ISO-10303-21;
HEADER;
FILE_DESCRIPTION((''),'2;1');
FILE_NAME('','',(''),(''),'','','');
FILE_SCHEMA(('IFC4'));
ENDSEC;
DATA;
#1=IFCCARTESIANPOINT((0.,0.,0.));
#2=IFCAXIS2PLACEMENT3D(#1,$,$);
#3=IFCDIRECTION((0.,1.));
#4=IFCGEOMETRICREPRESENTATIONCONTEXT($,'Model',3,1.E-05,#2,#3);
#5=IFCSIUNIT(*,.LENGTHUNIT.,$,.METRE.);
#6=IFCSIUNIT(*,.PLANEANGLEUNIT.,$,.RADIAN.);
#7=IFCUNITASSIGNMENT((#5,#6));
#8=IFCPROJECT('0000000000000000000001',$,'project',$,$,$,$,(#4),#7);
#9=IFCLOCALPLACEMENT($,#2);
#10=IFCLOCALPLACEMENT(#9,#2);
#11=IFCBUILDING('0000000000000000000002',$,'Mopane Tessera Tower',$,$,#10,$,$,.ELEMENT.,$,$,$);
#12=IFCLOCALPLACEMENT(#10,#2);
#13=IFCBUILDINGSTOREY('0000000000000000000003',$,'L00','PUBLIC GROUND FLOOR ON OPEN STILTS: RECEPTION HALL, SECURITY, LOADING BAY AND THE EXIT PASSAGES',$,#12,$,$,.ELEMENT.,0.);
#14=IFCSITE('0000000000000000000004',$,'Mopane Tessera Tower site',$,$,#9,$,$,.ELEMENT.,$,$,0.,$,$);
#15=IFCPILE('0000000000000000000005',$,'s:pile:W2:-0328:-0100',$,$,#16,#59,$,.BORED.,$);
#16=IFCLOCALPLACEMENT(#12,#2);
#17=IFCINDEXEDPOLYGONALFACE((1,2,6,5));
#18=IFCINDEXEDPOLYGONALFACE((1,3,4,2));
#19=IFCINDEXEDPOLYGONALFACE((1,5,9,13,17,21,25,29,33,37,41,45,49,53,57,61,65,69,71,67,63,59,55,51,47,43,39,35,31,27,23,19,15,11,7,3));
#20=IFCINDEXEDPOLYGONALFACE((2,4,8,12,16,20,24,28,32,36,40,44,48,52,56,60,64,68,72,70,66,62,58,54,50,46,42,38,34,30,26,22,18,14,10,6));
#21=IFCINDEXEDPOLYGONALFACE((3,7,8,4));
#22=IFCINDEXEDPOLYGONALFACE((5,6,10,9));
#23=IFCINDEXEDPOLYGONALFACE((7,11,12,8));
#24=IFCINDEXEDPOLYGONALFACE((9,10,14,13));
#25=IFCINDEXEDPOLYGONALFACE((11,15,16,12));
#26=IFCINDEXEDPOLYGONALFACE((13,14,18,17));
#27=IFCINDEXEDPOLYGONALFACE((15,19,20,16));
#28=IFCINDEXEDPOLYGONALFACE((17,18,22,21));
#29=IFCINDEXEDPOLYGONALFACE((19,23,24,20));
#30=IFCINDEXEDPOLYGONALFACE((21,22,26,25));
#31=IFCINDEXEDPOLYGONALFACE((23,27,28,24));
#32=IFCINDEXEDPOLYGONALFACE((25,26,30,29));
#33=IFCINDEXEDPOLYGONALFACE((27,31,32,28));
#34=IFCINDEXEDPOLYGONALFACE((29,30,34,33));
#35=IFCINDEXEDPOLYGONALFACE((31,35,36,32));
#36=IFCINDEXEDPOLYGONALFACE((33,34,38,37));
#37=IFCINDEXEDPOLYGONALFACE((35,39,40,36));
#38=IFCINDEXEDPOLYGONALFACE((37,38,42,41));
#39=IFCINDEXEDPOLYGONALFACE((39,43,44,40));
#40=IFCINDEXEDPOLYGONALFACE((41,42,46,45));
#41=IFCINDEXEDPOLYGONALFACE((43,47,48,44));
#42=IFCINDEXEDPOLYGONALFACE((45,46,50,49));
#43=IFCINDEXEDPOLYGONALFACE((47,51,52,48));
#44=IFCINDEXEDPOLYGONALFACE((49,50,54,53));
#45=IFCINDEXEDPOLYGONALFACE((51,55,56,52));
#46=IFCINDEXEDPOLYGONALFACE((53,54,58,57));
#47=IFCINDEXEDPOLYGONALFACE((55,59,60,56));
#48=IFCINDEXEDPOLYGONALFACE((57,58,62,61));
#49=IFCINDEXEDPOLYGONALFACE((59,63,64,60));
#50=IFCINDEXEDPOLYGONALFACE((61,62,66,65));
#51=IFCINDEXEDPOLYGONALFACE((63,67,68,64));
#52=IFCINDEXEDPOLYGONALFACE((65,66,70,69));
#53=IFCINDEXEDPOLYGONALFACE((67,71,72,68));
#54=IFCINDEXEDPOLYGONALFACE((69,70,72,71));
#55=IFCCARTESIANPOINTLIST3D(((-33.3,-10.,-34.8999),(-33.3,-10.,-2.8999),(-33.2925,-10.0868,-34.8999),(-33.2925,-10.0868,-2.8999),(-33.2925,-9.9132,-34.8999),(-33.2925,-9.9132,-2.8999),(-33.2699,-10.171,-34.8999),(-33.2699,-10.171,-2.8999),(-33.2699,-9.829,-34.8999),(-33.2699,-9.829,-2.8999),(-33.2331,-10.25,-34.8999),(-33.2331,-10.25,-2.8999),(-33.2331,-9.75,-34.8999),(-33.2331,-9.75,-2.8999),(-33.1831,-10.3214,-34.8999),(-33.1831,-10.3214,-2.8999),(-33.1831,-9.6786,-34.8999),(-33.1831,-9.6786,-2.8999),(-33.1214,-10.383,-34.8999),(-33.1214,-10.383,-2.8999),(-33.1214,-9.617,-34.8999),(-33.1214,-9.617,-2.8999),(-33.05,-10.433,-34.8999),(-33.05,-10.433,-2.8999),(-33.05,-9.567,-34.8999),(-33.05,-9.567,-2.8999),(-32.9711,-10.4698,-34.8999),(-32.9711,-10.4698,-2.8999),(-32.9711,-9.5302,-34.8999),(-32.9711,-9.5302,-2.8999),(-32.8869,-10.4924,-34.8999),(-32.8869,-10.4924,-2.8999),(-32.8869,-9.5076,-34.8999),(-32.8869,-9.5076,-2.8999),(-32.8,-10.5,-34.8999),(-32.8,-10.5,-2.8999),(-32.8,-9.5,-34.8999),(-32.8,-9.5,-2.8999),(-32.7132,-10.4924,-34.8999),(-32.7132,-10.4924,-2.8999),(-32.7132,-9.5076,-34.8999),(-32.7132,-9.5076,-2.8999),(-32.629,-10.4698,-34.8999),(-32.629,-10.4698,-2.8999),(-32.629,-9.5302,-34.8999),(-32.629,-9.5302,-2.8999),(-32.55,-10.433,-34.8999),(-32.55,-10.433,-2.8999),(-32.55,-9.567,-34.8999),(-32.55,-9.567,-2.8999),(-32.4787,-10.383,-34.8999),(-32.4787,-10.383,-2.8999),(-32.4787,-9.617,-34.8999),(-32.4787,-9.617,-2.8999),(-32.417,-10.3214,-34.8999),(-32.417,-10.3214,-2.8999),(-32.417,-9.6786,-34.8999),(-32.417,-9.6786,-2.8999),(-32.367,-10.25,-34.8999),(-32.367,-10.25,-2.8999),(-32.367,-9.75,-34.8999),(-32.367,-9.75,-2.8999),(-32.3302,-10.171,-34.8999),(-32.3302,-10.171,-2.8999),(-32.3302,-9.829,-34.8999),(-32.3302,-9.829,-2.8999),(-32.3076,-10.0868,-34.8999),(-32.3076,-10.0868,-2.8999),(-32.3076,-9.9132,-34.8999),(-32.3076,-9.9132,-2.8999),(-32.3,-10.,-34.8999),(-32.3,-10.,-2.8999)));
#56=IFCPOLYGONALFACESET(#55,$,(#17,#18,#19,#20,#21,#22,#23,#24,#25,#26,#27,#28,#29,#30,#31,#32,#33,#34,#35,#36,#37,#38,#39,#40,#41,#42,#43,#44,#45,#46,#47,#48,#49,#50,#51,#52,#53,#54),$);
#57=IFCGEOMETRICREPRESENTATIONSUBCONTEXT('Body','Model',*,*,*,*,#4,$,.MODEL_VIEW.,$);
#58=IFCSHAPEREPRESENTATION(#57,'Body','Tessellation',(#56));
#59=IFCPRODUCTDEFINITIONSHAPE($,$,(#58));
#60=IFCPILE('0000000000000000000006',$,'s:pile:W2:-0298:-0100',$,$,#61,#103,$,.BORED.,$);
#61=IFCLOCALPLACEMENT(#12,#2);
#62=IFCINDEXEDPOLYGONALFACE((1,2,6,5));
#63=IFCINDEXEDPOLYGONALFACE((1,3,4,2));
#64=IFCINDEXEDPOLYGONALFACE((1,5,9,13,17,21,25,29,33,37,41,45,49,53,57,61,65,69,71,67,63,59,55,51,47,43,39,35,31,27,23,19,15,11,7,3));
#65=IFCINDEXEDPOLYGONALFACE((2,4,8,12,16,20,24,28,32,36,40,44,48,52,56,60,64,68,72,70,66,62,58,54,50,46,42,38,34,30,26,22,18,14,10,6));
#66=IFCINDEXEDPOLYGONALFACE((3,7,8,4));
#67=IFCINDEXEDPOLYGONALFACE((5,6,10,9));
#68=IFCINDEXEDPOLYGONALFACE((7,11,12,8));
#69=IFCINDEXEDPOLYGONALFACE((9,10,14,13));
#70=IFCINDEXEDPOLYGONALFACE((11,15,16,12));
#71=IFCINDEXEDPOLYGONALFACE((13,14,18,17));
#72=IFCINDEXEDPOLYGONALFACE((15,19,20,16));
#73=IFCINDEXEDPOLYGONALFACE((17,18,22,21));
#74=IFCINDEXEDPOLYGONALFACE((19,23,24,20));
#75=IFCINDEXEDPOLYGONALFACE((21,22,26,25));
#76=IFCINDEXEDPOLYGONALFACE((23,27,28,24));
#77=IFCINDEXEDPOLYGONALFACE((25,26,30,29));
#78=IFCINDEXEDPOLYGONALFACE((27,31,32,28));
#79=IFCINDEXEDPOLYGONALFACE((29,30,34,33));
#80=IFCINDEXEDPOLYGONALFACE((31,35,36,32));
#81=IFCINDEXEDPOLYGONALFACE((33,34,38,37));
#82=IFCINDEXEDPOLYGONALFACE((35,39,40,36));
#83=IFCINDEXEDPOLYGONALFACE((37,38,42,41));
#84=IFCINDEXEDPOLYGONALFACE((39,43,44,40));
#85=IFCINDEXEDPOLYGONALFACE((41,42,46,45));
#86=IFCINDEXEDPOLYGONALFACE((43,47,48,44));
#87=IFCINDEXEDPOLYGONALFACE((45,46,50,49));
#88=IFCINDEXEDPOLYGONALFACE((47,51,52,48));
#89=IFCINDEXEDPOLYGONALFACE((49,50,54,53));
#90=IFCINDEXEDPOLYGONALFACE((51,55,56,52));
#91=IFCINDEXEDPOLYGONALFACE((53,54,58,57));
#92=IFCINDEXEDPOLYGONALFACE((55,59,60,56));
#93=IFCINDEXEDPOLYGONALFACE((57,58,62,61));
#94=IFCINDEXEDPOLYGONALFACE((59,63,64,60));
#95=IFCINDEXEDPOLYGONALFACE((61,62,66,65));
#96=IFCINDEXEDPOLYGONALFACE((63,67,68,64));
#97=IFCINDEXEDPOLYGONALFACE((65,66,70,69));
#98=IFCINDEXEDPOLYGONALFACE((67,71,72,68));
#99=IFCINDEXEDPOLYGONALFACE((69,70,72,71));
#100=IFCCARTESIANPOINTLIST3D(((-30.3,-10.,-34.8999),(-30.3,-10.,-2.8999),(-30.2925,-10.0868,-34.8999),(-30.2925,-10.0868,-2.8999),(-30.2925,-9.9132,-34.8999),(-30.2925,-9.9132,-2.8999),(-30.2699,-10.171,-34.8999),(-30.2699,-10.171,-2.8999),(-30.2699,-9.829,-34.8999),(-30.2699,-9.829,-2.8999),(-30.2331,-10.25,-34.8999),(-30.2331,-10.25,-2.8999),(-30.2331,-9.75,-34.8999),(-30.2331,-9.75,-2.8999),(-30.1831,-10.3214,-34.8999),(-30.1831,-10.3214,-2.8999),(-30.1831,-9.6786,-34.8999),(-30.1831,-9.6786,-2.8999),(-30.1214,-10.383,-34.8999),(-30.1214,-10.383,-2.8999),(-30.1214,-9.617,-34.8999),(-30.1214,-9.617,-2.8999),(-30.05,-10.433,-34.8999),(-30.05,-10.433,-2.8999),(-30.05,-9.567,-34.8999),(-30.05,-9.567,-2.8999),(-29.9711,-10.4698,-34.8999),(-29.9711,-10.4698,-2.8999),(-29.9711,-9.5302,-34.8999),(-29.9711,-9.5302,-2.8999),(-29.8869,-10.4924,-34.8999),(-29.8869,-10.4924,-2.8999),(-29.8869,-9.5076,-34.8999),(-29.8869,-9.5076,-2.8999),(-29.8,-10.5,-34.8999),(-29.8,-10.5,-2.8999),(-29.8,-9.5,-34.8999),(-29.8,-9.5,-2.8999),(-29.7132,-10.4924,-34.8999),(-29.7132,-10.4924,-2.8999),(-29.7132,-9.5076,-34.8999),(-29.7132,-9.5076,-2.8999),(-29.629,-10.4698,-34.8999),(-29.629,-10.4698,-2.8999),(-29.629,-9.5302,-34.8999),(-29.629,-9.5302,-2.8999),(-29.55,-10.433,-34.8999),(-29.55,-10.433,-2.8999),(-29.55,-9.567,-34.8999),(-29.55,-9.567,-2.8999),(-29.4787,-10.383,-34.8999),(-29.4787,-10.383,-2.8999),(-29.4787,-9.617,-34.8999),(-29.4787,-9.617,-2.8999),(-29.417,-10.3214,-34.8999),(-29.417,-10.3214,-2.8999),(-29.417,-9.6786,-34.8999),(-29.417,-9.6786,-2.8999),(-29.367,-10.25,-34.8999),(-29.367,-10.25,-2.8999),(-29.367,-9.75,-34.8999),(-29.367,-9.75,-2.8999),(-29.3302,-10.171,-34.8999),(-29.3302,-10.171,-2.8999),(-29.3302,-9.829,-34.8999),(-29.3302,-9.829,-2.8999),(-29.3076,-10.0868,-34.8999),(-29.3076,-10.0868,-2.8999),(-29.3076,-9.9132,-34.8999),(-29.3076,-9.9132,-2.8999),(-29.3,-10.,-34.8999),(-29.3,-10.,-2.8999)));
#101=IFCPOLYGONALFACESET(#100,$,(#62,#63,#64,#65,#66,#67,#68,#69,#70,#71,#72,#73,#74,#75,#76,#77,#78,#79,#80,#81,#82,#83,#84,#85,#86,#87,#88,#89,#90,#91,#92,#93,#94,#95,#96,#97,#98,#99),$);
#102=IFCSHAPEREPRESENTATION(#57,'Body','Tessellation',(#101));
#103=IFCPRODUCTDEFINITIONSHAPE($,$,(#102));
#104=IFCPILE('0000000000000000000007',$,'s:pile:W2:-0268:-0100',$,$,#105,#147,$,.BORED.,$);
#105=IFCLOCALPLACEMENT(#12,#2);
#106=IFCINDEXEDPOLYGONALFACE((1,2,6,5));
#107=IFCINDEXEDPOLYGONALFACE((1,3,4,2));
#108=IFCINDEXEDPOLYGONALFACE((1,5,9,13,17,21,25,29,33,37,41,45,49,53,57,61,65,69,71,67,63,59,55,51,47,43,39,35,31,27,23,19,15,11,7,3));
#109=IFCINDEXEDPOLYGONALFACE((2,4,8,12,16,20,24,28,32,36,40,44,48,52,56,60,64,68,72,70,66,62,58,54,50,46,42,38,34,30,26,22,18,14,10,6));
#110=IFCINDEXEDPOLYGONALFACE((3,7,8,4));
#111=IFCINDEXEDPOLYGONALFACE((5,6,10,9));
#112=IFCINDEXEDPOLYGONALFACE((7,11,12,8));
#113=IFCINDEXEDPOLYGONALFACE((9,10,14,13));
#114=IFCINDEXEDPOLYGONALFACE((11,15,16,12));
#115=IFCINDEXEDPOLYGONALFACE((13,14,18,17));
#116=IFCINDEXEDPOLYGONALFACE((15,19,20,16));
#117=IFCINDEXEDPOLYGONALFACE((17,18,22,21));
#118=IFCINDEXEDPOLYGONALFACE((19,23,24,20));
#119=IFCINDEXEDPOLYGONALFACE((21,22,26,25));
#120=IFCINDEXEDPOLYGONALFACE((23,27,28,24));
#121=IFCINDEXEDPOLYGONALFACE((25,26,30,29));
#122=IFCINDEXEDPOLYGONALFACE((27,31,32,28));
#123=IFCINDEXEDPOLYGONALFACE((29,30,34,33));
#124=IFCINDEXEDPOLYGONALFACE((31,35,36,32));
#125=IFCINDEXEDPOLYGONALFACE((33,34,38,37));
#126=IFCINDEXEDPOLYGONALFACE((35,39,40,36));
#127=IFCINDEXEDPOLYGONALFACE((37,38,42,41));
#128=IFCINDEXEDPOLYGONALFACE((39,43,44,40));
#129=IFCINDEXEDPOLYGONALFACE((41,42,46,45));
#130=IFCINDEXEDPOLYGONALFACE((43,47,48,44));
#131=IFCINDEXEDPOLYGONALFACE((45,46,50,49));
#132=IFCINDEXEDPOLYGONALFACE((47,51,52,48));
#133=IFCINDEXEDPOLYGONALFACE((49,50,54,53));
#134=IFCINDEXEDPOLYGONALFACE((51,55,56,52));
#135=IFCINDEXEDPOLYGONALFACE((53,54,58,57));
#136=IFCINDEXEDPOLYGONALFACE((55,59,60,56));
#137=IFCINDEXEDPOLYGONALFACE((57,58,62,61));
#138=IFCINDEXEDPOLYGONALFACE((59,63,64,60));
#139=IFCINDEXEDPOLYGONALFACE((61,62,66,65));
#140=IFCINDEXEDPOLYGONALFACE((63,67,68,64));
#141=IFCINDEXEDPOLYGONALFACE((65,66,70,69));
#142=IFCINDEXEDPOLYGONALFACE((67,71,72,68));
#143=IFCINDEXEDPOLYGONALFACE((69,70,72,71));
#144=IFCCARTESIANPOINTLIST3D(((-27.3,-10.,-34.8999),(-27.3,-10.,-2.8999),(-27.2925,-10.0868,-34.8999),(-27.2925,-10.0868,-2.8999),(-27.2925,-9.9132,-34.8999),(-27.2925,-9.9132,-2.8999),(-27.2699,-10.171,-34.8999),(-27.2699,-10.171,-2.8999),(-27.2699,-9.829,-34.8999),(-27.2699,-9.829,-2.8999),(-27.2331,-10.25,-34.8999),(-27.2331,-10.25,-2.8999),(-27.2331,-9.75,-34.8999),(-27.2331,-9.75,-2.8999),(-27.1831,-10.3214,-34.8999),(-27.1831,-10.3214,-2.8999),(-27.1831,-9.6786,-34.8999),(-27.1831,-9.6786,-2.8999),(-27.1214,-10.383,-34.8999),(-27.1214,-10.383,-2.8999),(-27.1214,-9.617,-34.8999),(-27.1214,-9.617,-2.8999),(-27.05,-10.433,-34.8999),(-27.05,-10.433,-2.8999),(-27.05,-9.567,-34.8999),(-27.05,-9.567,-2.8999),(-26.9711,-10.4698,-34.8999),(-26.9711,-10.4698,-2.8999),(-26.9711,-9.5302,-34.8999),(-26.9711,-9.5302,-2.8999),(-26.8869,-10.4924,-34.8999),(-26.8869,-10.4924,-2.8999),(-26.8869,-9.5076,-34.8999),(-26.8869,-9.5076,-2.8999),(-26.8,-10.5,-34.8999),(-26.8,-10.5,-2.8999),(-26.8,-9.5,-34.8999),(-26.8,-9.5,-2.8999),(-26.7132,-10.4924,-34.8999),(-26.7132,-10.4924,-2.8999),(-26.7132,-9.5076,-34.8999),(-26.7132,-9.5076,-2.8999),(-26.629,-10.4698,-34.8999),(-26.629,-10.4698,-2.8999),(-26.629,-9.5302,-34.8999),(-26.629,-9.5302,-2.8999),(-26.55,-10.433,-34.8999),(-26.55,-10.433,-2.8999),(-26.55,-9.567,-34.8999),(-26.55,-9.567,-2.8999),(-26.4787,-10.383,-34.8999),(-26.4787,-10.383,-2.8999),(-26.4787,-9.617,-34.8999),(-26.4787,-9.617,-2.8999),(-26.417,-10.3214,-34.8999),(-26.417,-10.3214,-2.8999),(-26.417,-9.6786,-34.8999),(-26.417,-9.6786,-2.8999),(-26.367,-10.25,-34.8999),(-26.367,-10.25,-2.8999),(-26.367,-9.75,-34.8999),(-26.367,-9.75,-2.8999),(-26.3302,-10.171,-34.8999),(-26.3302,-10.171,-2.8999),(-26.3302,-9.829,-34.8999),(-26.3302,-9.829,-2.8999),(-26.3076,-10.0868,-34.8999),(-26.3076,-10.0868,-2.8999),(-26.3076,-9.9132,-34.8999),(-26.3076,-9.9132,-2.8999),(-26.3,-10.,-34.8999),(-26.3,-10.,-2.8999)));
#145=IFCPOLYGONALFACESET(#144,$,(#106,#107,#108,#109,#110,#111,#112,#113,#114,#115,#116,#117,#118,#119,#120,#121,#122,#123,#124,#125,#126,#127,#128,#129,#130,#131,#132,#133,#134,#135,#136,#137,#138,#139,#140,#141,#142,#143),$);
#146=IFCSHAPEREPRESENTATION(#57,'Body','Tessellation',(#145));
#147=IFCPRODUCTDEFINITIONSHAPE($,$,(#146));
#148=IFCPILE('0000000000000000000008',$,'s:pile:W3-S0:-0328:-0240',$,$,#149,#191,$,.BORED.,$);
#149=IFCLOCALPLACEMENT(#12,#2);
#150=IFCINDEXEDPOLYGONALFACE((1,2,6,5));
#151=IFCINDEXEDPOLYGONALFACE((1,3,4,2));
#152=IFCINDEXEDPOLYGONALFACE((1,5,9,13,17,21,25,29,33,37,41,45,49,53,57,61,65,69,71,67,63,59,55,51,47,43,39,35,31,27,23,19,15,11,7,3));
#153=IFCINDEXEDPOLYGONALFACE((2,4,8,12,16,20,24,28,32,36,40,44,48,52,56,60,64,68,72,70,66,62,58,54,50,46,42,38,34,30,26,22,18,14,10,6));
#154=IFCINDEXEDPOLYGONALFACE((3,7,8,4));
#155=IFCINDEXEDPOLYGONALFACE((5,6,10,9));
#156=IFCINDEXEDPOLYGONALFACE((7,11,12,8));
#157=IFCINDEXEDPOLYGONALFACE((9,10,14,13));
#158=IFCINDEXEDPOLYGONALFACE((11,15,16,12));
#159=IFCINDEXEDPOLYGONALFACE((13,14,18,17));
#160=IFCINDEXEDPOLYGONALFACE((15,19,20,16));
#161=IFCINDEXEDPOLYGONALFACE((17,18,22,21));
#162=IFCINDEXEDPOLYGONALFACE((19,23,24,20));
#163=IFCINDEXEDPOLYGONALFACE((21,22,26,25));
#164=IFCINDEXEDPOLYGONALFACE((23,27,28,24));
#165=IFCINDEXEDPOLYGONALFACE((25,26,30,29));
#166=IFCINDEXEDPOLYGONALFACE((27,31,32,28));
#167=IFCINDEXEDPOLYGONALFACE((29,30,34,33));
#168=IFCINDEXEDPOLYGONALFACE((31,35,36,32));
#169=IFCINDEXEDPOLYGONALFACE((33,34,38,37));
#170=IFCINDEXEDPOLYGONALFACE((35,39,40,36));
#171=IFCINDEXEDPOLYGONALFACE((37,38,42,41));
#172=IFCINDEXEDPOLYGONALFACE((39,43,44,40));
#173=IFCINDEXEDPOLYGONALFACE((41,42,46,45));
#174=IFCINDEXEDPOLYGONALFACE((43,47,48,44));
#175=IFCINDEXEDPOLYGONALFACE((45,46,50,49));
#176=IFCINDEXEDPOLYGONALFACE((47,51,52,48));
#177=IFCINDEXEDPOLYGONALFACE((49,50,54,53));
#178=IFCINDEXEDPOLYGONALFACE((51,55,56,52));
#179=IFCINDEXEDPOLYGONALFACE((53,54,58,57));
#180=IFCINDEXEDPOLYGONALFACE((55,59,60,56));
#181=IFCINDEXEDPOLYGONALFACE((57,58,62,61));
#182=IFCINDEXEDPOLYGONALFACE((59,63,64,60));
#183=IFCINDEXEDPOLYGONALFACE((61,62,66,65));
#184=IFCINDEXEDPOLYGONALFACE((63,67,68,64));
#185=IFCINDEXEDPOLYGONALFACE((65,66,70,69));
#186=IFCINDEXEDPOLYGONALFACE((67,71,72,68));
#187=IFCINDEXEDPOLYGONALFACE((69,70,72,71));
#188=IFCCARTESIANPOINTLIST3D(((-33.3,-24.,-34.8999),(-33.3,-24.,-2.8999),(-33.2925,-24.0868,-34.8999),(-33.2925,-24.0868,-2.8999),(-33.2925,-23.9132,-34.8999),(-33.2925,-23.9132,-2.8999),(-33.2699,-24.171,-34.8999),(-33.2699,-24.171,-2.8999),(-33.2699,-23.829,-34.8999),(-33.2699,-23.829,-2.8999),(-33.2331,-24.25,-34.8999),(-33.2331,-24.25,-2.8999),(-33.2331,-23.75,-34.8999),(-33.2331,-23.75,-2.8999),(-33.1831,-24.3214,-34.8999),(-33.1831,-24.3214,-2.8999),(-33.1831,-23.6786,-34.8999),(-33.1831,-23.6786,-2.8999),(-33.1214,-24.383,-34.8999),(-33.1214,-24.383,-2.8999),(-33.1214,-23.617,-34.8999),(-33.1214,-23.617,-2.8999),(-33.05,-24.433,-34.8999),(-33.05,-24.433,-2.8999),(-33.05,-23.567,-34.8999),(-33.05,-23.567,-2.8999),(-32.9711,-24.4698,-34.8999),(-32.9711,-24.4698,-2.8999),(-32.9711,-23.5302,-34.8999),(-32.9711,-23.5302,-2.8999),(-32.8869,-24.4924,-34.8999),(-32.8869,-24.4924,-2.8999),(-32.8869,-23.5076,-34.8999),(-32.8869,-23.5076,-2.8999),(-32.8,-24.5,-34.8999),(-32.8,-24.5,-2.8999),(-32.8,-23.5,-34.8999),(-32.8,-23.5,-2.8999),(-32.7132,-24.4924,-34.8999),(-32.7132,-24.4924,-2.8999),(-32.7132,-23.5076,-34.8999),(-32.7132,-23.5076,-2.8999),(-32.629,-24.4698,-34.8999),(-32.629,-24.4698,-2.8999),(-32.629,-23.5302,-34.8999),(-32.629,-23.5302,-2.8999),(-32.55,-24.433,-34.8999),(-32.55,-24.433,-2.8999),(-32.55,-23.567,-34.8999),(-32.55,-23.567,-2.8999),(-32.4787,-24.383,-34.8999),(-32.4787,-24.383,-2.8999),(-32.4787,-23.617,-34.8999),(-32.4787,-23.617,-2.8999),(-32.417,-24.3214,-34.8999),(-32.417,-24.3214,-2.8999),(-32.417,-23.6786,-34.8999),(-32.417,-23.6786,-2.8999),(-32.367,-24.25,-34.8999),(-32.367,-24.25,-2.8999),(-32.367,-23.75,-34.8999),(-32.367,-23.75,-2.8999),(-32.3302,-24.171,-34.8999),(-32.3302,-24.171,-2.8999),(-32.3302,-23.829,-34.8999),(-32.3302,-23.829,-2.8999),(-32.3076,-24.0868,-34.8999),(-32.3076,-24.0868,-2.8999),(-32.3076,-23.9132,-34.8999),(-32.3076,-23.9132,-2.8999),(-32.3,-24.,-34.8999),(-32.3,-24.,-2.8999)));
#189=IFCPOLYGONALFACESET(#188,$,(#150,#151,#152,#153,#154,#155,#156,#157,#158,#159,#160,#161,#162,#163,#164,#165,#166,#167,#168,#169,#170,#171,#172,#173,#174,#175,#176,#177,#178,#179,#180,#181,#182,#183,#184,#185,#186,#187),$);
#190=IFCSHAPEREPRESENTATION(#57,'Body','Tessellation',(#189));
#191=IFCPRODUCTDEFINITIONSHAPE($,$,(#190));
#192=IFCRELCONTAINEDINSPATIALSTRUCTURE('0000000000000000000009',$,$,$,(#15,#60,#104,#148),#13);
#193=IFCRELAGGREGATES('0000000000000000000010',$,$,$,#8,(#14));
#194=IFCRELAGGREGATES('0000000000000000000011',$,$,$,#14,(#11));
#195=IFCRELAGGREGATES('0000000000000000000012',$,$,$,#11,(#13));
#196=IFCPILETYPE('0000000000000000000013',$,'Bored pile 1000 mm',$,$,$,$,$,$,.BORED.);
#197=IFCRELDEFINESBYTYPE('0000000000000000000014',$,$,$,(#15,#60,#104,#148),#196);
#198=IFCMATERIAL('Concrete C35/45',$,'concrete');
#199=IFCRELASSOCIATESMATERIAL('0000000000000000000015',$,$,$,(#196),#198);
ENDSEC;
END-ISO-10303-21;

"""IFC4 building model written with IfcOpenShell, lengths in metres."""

from ifc_helpers import new_model, si_unit, direction, frame, origin, origin_2d, place, context, subcontext, project, spatial, circle, extrude, material, material_profile, profile_set, type_object, element, save


model = new_model("IFC4")

# Units and contexts
model_context = context("Model", 3, precision=1e-05, world=origin(), true_north=direction((0.0, 1.0)))
body_context = subcontext(model_context, "Body", "Model", "MODEL_VIEW")
ifc_project = project(units=[si_unit("LENGTHUNIT", "METRE"), si_unit("PLANEANGLEUNIT", "RADIAN")], contexts=[model_context])

# Site, building, storey
site_placement = place(None, origin())
site = spatial("IfcSite", under=ifc_project, at=site_placement, Name="Mopane Tessera Tower site", CompositionType="ELEMENT", RefElevation=0.0)
building_placement = place(site_placement, origin())
building = spatial("IfcBuilding", under=site, at=building_placement, Name="Mopane Tessera Tower", CompositionType="ELEMENT")
storey_placement = place(building_placement, origin())
storey = spatial("IfcBuildingStorey", under=building, at=storey_placement, Name="L00", Description="PUBLIC GROUND FLOOR ON OPEN STILTS: RECEPTION HALL, SECURITY, LOADING BAY AND THE EXIT PASSAGES", CompositionType="ELEMENT", Elevation=0.0)

# Piles
ifc_material_1 = material(Name="Concrete C35/45", Category="concrete")
ifc_material_profile_1 = material_profile(ifc_material_1, circle(Radius=0.5, at=origin_2d()))
ifc_profile_set_1 = profile_set([ifc_material_profile_1], Name="Concrete C35/45")
pile_type_1 = type_object("IfcPileType", Name="Bored pile 1000 mm", PredefinedType="BORED", material=ifc_profile_set_1)
for number, where, z_axis, x_axis, name in (
    (1, (-32.8, -10.0, -2.8999), (0.0, 0.0, -1.0), (1.0, 0.0, 0.0), "s:pile:W2:-0328:-0100"),
    (2, (-29.8, -10.0, -2.8999), (0.0, 0.0, -1.0), (1.0, 0.0, 0.0), "s:pile:W2:-0298:-0100"),
    (3, (-26.8, -10.0, -2.8999), (0.0, 0.0, -1.0), (1.0, 0.0, 0.0), "s:pile:W2:-0268:-0100"),
    (4, (-32.8, -24.0, -2.8999), (0.0, 0.0, -1.0), (1.0, 0.0, 0.0), "s:pile:W3-S0:-0328:-0240"),
):
    element("IfcPile", number, at=place(storey_placement, frame(where, z_axis=z_axis, x_axis=x_axis)), inside=storey, type_object=pile_type_1, Name=name, PredefinedType="BORED", context=body_context, shape_type="SweptSolid", body=[
        extrude(circle(Radius=0.5, at=origin_2d()), origin(), (0.0, 0.0, 1.0), 32.0),
    ])

save(model, "model.ifc")
